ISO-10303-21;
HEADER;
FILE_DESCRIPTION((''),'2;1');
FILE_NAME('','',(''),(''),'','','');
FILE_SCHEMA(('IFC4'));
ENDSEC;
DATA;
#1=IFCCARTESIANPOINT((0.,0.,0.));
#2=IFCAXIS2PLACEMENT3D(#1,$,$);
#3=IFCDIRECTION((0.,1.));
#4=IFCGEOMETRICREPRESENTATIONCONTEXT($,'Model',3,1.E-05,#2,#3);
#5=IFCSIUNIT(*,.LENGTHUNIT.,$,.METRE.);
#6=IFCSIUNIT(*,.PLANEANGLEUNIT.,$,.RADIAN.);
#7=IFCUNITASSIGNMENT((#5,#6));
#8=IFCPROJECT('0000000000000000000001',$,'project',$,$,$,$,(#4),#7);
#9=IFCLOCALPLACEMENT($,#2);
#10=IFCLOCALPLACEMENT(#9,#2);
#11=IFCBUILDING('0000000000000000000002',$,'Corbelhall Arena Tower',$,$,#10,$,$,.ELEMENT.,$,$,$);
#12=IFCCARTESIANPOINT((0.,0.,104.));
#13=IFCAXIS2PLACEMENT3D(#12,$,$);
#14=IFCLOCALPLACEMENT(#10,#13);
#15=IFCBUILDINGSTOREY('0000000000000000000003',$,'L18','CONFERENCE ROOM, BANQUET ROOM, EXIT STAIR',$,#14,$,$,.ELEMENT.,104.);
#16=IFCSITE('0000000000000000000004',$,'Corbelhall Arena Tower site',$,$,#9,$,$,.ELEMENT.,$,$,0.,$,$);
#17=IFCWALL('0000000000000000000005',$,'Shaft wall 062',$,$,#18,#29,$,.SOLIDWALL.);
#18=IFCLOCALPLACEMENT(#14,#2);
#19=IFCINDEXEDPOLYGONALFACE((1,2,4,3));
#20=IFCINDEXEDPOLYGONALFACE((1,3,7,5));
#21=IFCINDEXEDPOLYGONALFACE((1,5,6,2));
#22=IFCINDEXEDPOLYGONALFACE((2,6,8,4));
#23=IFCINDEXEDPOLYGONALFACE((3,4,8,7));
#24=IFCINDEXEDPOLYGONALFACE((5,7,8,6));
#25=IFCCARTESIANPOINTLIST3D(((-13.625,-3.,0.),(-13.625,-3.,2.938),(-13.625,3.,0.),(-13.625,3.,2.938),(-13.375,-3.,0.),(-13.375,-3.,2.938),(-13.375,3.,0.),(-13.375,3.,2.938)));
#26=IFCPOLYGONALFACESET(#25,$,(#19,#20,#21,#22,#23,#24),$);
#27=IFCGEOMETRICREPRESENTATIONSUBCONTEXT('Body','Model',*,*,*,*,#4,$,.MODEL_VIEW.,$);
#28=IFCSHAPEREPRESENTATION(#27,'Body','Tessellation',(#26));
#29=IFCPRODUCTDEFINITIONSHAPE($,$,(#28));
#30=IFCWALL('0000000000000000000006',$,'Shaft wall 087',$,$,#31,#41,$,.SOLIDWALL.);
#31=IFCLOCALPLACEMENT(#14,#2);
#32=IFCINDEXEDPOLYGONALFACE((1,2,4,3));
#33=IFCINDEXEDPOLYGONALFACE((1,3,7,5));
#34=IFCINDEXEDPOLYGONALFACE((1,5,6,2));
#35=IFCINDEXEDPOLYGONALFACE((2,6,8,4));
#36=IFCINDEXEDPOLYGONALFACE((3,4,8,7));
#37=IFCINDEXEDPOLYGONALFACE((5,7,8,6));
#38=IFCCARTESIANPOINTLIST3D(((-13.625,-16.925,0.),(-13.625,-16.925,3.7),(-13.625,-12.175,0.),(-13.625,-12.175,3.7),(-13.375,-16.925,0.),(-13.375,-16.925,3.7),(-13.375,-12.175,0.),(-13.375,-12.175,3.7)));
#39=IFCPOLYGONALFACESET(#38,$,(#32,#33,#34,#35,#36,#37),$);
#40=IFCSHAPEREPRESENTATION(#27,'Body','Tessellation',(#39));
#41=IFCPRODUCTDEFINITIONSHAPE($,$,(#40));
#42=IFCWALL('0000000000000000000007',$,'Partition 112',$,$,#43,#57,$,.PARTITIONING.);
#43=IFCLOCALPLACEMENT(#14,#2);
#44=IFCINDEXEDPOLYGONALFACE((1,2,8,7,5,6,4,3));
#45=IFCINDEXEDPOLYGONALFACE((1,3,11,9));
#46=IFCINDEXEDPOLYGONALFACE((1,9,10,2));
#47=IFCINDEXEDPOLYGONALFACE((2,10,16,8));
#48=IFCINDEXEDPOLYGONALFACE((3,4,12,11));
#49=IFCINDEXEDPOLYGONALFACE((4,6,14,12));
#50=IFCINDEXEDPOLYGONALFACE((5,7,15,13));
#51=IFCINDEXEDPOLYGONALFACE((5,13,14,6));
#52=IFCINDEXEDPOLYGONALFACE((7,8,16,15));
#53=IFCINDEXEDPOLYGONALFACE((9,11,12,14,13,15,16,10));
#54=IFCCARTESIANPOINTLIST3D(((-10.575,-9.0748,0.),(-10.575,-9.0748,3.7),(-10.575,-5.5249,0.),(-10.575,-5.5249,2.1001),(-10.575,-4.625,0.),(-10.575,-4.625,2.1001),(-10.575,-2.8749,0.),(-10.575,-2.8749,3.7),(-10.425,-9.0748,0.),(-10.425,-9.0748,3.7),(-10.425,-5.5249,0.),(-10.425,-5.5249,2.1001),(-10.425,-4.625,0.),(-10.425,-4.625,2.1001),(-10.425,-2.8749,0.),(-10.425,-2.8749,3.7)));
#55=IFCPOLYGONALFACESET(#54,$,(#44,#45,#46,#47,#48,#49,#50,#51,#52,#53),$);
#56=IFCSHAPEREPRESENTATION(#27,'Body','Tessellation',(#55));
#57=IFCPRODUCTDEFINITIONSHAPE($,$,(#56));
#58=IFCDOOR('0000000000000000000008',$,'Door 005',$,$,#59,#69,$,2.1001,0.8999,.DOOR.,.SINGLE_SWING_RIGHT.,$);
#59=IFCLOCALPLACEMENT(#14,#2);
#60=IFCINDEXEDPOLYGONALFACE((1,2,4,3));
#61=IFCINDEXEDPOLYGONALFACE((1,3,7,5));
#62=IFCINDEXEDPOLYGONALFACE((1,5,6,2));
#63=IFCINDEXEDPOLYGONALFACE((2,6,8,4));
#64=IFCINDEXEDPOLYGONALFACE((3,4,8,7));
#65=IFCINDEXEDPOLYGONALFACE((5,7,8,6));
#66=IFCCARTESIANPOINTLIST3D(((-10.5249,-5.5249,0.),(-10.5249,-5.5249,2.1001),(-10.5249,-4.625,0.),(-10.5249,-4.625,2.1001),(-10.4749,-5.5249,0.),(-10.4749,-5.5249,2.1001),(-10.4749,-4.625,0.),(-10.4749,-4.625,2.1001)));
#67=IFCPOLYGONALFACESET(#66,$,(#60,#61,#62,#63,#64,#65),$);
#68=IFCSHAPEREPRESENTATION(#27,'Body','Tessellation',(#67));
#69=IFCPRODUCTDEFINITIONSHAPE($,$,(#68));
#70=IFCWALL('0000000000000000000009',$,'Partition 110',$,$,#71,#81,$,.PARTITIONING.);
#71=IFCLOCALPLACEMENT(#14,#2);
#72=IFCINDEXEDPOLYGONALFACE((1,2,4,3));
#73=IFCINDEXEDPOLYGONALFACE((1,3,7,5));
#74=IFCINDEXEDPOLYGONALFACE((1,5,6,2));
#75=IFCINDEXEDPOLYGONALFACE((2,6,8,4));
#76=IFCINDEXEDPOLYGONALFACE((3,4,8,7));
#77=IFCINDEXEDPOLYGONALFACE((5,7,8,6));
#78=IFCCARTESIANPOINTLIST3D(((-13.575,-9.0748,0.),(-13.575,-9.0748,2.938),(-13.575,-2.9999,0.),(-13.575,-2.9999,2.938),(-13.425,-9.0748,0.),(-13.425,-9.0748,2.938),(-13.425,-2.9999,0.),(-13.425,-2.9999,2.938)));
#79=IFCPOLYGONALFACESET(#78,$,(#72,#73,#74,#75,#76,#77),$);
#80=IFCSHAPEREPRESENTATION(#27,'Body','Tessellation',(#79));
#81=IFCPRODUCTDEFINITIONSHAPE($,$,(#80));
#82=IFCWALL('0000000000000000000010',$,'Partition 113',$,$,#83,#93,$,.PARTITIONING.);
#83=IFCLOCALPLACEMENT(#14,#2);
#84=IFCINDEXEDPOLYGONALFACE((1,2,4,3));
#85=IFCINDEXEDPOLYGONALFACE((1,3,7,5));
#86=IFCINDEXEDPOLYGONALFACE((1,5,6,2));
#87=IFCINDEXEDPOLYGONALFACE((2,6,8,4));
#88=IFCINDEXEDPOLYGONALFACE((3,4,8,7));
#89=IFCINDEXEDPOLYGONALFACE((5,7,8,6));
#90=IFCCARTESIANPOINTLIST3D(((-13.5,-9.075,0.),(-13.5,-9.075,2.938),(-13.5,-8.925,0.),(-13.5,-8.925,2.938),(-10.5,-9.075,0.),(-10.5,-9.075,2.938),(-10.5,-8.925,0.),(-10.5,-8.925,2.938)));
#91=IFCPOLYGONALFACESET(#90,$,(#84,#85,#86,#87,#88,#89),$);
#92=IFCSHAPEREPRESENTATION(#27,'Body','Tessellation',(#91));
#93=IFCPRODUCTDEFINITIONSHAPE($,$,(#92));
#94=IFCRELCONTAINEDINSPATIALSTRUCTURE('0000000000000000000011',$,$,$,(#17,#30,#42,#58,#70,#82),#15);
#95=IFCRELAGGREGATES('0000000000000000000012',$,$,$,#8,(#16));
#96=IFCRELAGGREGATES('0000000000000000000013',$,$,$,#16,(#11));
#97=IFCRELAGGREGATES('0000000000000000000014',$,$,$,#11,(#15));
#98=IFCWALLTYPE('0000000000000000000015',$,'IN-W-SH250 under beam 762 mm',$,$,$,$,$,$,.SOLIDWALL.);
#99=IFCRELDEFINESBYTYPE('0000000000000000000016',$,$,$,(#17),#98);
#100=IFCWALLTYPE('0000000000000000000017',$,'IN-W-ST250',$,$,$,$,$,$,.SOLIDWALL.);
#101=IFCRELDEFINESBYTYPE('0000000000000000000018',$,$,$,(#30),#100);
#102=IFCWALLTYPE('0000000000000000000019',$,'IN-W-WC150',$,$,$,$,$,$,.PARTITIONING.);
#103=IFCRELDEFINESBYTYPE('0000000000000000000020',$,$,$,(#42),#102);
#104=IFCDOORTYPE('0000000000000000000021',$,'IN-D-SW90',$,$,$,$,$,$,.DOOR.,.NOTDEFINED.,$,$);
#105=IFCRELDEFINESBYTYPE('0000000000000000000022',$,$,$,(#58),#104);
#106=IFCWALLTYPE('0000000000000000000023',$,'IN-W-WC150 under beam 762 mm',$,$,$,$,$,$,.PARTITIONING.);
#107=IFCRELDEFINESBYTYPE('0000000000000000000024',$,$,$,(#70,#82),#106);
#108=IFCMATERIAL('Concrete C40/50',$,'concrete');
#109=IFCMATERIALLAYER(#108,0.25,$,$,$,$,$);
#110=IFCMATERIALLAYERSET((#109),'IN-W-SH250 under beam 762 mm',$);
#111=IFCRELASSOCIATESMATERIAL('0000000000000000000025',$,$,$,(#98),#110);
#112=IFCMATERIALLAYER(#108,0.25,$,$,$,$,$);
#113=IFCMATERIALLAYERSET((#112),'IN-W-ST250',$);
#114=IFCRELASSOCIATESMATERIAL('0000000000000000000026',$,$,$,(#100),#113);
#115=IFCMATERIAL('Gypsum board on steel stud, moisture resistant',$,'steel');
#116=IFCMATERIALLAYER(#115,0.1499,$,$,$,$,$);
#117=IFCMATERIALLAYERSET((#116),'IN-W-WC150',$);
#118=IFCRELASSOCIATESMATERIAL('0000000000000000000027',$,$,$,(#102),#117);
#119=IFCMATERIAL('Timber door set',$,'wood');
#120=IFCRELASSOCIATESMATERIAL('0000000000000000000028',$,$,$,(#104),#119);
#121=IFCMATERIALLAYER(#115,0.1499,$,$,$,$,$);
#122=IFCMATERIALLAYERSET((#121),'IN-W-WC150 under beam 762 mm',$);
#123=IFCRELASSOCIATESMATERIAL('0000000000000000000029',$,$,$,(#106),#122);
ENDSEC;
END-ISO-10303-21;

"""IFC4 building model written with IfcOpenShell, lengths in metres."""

from ifc_helpers import new_model, si_unit, direction, frame, frame_2d, origin, place, context, subcontext, project, spatial, rectangle, extrude, material, layer, layer_set, type_object, element, fill, save


model = new_model("IFC4")

# Units and contexts
model_context = context("Model", 3, precision=1e-05, world=origin(), true_north=direction((0.0, 1.0)))
body_context = subcontext(model_context, "Body", "Model", "MODEL_VIEW")
ifc_project = project(units=[si_unit("LENGTHUNIT", "METRE"), si_unit("PLANEANGLEUNIT", "RADIAN")], contexts=[model_context])

# Site, building, storey
site_placement = place(None, origin())
site = spatial("IfcSite", under=ifc_project, at=site_placement, Name="Corbelhall Arena Tower site", CompositionType="ELEMENT", RefElevation=0.0)
building_placement = place(site_placement, origin())
building = spatial("IfcBuilding", under=site, at=building_placement, Name="Corbelhall Arena Tower", CompositionType="ELEMENT")
storey_placement = place(building_placement, frame((0.0, 0.0, 104.0)))
storey = spatial("IfcBuildingStorey", under=building, at=storey_placement, Name="L18", Description="CONFERENCE ROOM, BANQUET ROOM, EXIT STAIR", CompositionType="ELEMENT", Elevation=104.0)

# Shared definitions
ifc_material_1 = material(Name="Concrete C40/50", Category="concrete")

# Walls
ifc_layer_1 = layer(ifc_material_1, 0.25)
ifc_layer_set_1 = layer_set([ifc_layer_1], Name="IN-W-SH250 under beam 762 mm")
wall_type_1 = type_object("IfcWallType", Name="IN-W-SH250 under beam 762 mm", PredefinedType="SOLIDWALL", material=ifc_layer_set_1)
wall_1_placement = place(storey_placement, frame((-13.5, -3.0, 0.0), z_axis=(0.0, 0.0, 1.0), x_axis=(0.0, 1.0, 0.0)))
element("IfcWall", 1, at=wall_1_placement, inside=storey, type_object=wall_type_1, Name="Shaft wall 062", PredefinedType="SOLIDWALL", context=body_context, shape_type="SweptSolid", body=[
    extrude(rectangle(XDim=6.0, YDim=0.25, at=frame_2d((3.0, 0.0))), origin(), (0.0, 0.0, 1.0), 2.938),
])
ifc_layer_2 = layer(ifc_material_1, 0.25)
ifc_layer_set_2 = layer_set([ifc_layer_2], Name="IN-W-ST250")
wall_type_2 = type_object("IfcWallType", Name="IN-W-ST250", PredefinedType="SOLIDWALL", material=ifc_layer_set_2)
wall_2_placement = place(storey_placement, frame((-13.5, -12.175, 0.0), z_axis=(0.0, 0.0, 1.0), x_axis=(0.0, -1.0, 0.0)))
element("IfcWall", 2, at=wall_2_placement, inside=storey, type_object=wall_type_2, Name="Shaft wall 087", PredefinedType="SOLIDWALL", context=body_context, shape_type="SweptSolid", body=[
    extrude(rectangle(XDim=4.75, YDim=0.25, at=frame_2d((2.375, 0.0))), origin(), (0.0, 0.0, 1.0), 3.7),
])

# Wall, opening, door
ifc_material_2 = material(Name="Gypsum board on steel stud, moisture resistant", Category="steel")
ifc_layer_3 = layer(ifc_material_2, 0.1499)
ifc_layer_set_3 = layer_set([ifc_layer_3], Name="IN-W-WC150")
wall_type_3 = type_object("IfcWallType", Name="IN-W-WC150", PredefinedType="PARTITIONING", material=ifc_layer_set_3)
wall_3_placement = place(storey_placement, frame((-10.5, -9.075, 0.0), z_axis=(0.0, 0.0, 1.0), x_axis=(0.0, 1.0, 0.0)))
wall_3 = element("IfcWall", 3, at=wall_3_placement, inside=storey, type_object=wall_type_3, Name="Partition 112", PredefinedType="PARTITIONING", context=body_context, shape_type="SweptSolid", body=[
    extrude(rectangle(XDim=6.2, YDim=0.1499, at=frame_2d((3.1001, 0.0))), origin(), (0.0, 0.0, 1.0), 3.7),
])
opening_1_placement = place(wall_3_placement, frame((3.55, 0.0, 0.0)))
opening_1 = element("IfcOpeningElement", 4, at=opening_1_placement, cuts=wall_3, PredefinedType="OPENING", context=body_context, shape_type="SweptSolid", body=[
    extrude(rectangle(XDim=0.8999, YDim=2.1001, at=frame_2d((0.45, 1.05))), frame((0.0, 0.075, 0.0), z_axis=(0.0, -1.0, 0.0), x_axis=(1.0, 0.0, 0.0)), (0.0, 0.0, 1.0), 0.1499),
])
ifc_material_3 = material(Name="Timber door set", Category="wood")
door_type_1 = type_object("IfcDoorType", Name="IN-D-SW90", OperationType="NOTDEFINED", PredefinedType="DOOR", material=ifc_material_3)
door_1_placement = place(opening_1_placement, origin())
door_1 = element("IfcDoor", 5, at=door_1_placement, inside=storey, type_object=door_type_1, Name="Door 005", OperationType="SINGLE_SWING_RIGHT", OverallHeight=2.1001, OverallWidth=0.8999, PredefinedType="DOOR", context=body_context, shape_type="SweptSolid", body=[
    extrude(rectangle(XDim=0.8999, YDim=2.1001, at=frame_2d((0.45, 1.05))), frame((0.0, 0.0249, 0.0), z_axis=(0.0, -1.0, 0.0), x_axis=(1.0, 0.0, 0.0)), (0.0, 0.0, 1.0), 0.05),
])
fill(opening_1, door_1)

# Walls
ifc_layer_4 = layer(ifc_material_2, 0.1499)
ifc_layer_set_4 = layer_set([ifc_layer_4], Name="IN-W-WC150 under beam 762 mm")
wall_type_4 = type_object("IfcWallType", Name="IN-W-WC150 under beam 762 mm", PredefinedType="PARTITIONING", material=ifc_layer_set_4)
wall_4_placement = place(storey_placement, frame((-13.5, -9.075, 0.0), z_axis=(0.0, 0.0, 1.0), x_axis=(0.0, 1.0, 0.0)))
element("IfcWall", 6, at=wall_4_placement, inside=storey, type_object=wall_type_4, Name="Partition 110", PredefinedType="PARTITIONING", context=body_context, shape_type="SweptSolid", body=[
    extrude(rectangle(XDim=6.075, YDim=0.1499, at=frame_2d((3.0376, 0.0))), origin(), (0.0, 0.0, 1.0), 2.938),
])
wall_5_placement = place(storey_placement, frame((-10.5, -9.0, 0.0), z_axis=(0.0, 0.0, 1.0), x_axis=(-1.0, 0.0, 0.0)))
element("IfcWall", 7, at=wall_5_placement, inside=storey, type_object=wall_type_4, Name="Partition 113", PredefinedType="PARTITIONING", context=body_context, shape_type="SweptSolid", body=[
    extrude(rectangle(XDim=3.0, YDim=0.1499, at=frame_2d((1.5, 0.0))), origin(), (0.0, 0.0, 1.0), 2.938),
])

save(model, "model.ifc")
